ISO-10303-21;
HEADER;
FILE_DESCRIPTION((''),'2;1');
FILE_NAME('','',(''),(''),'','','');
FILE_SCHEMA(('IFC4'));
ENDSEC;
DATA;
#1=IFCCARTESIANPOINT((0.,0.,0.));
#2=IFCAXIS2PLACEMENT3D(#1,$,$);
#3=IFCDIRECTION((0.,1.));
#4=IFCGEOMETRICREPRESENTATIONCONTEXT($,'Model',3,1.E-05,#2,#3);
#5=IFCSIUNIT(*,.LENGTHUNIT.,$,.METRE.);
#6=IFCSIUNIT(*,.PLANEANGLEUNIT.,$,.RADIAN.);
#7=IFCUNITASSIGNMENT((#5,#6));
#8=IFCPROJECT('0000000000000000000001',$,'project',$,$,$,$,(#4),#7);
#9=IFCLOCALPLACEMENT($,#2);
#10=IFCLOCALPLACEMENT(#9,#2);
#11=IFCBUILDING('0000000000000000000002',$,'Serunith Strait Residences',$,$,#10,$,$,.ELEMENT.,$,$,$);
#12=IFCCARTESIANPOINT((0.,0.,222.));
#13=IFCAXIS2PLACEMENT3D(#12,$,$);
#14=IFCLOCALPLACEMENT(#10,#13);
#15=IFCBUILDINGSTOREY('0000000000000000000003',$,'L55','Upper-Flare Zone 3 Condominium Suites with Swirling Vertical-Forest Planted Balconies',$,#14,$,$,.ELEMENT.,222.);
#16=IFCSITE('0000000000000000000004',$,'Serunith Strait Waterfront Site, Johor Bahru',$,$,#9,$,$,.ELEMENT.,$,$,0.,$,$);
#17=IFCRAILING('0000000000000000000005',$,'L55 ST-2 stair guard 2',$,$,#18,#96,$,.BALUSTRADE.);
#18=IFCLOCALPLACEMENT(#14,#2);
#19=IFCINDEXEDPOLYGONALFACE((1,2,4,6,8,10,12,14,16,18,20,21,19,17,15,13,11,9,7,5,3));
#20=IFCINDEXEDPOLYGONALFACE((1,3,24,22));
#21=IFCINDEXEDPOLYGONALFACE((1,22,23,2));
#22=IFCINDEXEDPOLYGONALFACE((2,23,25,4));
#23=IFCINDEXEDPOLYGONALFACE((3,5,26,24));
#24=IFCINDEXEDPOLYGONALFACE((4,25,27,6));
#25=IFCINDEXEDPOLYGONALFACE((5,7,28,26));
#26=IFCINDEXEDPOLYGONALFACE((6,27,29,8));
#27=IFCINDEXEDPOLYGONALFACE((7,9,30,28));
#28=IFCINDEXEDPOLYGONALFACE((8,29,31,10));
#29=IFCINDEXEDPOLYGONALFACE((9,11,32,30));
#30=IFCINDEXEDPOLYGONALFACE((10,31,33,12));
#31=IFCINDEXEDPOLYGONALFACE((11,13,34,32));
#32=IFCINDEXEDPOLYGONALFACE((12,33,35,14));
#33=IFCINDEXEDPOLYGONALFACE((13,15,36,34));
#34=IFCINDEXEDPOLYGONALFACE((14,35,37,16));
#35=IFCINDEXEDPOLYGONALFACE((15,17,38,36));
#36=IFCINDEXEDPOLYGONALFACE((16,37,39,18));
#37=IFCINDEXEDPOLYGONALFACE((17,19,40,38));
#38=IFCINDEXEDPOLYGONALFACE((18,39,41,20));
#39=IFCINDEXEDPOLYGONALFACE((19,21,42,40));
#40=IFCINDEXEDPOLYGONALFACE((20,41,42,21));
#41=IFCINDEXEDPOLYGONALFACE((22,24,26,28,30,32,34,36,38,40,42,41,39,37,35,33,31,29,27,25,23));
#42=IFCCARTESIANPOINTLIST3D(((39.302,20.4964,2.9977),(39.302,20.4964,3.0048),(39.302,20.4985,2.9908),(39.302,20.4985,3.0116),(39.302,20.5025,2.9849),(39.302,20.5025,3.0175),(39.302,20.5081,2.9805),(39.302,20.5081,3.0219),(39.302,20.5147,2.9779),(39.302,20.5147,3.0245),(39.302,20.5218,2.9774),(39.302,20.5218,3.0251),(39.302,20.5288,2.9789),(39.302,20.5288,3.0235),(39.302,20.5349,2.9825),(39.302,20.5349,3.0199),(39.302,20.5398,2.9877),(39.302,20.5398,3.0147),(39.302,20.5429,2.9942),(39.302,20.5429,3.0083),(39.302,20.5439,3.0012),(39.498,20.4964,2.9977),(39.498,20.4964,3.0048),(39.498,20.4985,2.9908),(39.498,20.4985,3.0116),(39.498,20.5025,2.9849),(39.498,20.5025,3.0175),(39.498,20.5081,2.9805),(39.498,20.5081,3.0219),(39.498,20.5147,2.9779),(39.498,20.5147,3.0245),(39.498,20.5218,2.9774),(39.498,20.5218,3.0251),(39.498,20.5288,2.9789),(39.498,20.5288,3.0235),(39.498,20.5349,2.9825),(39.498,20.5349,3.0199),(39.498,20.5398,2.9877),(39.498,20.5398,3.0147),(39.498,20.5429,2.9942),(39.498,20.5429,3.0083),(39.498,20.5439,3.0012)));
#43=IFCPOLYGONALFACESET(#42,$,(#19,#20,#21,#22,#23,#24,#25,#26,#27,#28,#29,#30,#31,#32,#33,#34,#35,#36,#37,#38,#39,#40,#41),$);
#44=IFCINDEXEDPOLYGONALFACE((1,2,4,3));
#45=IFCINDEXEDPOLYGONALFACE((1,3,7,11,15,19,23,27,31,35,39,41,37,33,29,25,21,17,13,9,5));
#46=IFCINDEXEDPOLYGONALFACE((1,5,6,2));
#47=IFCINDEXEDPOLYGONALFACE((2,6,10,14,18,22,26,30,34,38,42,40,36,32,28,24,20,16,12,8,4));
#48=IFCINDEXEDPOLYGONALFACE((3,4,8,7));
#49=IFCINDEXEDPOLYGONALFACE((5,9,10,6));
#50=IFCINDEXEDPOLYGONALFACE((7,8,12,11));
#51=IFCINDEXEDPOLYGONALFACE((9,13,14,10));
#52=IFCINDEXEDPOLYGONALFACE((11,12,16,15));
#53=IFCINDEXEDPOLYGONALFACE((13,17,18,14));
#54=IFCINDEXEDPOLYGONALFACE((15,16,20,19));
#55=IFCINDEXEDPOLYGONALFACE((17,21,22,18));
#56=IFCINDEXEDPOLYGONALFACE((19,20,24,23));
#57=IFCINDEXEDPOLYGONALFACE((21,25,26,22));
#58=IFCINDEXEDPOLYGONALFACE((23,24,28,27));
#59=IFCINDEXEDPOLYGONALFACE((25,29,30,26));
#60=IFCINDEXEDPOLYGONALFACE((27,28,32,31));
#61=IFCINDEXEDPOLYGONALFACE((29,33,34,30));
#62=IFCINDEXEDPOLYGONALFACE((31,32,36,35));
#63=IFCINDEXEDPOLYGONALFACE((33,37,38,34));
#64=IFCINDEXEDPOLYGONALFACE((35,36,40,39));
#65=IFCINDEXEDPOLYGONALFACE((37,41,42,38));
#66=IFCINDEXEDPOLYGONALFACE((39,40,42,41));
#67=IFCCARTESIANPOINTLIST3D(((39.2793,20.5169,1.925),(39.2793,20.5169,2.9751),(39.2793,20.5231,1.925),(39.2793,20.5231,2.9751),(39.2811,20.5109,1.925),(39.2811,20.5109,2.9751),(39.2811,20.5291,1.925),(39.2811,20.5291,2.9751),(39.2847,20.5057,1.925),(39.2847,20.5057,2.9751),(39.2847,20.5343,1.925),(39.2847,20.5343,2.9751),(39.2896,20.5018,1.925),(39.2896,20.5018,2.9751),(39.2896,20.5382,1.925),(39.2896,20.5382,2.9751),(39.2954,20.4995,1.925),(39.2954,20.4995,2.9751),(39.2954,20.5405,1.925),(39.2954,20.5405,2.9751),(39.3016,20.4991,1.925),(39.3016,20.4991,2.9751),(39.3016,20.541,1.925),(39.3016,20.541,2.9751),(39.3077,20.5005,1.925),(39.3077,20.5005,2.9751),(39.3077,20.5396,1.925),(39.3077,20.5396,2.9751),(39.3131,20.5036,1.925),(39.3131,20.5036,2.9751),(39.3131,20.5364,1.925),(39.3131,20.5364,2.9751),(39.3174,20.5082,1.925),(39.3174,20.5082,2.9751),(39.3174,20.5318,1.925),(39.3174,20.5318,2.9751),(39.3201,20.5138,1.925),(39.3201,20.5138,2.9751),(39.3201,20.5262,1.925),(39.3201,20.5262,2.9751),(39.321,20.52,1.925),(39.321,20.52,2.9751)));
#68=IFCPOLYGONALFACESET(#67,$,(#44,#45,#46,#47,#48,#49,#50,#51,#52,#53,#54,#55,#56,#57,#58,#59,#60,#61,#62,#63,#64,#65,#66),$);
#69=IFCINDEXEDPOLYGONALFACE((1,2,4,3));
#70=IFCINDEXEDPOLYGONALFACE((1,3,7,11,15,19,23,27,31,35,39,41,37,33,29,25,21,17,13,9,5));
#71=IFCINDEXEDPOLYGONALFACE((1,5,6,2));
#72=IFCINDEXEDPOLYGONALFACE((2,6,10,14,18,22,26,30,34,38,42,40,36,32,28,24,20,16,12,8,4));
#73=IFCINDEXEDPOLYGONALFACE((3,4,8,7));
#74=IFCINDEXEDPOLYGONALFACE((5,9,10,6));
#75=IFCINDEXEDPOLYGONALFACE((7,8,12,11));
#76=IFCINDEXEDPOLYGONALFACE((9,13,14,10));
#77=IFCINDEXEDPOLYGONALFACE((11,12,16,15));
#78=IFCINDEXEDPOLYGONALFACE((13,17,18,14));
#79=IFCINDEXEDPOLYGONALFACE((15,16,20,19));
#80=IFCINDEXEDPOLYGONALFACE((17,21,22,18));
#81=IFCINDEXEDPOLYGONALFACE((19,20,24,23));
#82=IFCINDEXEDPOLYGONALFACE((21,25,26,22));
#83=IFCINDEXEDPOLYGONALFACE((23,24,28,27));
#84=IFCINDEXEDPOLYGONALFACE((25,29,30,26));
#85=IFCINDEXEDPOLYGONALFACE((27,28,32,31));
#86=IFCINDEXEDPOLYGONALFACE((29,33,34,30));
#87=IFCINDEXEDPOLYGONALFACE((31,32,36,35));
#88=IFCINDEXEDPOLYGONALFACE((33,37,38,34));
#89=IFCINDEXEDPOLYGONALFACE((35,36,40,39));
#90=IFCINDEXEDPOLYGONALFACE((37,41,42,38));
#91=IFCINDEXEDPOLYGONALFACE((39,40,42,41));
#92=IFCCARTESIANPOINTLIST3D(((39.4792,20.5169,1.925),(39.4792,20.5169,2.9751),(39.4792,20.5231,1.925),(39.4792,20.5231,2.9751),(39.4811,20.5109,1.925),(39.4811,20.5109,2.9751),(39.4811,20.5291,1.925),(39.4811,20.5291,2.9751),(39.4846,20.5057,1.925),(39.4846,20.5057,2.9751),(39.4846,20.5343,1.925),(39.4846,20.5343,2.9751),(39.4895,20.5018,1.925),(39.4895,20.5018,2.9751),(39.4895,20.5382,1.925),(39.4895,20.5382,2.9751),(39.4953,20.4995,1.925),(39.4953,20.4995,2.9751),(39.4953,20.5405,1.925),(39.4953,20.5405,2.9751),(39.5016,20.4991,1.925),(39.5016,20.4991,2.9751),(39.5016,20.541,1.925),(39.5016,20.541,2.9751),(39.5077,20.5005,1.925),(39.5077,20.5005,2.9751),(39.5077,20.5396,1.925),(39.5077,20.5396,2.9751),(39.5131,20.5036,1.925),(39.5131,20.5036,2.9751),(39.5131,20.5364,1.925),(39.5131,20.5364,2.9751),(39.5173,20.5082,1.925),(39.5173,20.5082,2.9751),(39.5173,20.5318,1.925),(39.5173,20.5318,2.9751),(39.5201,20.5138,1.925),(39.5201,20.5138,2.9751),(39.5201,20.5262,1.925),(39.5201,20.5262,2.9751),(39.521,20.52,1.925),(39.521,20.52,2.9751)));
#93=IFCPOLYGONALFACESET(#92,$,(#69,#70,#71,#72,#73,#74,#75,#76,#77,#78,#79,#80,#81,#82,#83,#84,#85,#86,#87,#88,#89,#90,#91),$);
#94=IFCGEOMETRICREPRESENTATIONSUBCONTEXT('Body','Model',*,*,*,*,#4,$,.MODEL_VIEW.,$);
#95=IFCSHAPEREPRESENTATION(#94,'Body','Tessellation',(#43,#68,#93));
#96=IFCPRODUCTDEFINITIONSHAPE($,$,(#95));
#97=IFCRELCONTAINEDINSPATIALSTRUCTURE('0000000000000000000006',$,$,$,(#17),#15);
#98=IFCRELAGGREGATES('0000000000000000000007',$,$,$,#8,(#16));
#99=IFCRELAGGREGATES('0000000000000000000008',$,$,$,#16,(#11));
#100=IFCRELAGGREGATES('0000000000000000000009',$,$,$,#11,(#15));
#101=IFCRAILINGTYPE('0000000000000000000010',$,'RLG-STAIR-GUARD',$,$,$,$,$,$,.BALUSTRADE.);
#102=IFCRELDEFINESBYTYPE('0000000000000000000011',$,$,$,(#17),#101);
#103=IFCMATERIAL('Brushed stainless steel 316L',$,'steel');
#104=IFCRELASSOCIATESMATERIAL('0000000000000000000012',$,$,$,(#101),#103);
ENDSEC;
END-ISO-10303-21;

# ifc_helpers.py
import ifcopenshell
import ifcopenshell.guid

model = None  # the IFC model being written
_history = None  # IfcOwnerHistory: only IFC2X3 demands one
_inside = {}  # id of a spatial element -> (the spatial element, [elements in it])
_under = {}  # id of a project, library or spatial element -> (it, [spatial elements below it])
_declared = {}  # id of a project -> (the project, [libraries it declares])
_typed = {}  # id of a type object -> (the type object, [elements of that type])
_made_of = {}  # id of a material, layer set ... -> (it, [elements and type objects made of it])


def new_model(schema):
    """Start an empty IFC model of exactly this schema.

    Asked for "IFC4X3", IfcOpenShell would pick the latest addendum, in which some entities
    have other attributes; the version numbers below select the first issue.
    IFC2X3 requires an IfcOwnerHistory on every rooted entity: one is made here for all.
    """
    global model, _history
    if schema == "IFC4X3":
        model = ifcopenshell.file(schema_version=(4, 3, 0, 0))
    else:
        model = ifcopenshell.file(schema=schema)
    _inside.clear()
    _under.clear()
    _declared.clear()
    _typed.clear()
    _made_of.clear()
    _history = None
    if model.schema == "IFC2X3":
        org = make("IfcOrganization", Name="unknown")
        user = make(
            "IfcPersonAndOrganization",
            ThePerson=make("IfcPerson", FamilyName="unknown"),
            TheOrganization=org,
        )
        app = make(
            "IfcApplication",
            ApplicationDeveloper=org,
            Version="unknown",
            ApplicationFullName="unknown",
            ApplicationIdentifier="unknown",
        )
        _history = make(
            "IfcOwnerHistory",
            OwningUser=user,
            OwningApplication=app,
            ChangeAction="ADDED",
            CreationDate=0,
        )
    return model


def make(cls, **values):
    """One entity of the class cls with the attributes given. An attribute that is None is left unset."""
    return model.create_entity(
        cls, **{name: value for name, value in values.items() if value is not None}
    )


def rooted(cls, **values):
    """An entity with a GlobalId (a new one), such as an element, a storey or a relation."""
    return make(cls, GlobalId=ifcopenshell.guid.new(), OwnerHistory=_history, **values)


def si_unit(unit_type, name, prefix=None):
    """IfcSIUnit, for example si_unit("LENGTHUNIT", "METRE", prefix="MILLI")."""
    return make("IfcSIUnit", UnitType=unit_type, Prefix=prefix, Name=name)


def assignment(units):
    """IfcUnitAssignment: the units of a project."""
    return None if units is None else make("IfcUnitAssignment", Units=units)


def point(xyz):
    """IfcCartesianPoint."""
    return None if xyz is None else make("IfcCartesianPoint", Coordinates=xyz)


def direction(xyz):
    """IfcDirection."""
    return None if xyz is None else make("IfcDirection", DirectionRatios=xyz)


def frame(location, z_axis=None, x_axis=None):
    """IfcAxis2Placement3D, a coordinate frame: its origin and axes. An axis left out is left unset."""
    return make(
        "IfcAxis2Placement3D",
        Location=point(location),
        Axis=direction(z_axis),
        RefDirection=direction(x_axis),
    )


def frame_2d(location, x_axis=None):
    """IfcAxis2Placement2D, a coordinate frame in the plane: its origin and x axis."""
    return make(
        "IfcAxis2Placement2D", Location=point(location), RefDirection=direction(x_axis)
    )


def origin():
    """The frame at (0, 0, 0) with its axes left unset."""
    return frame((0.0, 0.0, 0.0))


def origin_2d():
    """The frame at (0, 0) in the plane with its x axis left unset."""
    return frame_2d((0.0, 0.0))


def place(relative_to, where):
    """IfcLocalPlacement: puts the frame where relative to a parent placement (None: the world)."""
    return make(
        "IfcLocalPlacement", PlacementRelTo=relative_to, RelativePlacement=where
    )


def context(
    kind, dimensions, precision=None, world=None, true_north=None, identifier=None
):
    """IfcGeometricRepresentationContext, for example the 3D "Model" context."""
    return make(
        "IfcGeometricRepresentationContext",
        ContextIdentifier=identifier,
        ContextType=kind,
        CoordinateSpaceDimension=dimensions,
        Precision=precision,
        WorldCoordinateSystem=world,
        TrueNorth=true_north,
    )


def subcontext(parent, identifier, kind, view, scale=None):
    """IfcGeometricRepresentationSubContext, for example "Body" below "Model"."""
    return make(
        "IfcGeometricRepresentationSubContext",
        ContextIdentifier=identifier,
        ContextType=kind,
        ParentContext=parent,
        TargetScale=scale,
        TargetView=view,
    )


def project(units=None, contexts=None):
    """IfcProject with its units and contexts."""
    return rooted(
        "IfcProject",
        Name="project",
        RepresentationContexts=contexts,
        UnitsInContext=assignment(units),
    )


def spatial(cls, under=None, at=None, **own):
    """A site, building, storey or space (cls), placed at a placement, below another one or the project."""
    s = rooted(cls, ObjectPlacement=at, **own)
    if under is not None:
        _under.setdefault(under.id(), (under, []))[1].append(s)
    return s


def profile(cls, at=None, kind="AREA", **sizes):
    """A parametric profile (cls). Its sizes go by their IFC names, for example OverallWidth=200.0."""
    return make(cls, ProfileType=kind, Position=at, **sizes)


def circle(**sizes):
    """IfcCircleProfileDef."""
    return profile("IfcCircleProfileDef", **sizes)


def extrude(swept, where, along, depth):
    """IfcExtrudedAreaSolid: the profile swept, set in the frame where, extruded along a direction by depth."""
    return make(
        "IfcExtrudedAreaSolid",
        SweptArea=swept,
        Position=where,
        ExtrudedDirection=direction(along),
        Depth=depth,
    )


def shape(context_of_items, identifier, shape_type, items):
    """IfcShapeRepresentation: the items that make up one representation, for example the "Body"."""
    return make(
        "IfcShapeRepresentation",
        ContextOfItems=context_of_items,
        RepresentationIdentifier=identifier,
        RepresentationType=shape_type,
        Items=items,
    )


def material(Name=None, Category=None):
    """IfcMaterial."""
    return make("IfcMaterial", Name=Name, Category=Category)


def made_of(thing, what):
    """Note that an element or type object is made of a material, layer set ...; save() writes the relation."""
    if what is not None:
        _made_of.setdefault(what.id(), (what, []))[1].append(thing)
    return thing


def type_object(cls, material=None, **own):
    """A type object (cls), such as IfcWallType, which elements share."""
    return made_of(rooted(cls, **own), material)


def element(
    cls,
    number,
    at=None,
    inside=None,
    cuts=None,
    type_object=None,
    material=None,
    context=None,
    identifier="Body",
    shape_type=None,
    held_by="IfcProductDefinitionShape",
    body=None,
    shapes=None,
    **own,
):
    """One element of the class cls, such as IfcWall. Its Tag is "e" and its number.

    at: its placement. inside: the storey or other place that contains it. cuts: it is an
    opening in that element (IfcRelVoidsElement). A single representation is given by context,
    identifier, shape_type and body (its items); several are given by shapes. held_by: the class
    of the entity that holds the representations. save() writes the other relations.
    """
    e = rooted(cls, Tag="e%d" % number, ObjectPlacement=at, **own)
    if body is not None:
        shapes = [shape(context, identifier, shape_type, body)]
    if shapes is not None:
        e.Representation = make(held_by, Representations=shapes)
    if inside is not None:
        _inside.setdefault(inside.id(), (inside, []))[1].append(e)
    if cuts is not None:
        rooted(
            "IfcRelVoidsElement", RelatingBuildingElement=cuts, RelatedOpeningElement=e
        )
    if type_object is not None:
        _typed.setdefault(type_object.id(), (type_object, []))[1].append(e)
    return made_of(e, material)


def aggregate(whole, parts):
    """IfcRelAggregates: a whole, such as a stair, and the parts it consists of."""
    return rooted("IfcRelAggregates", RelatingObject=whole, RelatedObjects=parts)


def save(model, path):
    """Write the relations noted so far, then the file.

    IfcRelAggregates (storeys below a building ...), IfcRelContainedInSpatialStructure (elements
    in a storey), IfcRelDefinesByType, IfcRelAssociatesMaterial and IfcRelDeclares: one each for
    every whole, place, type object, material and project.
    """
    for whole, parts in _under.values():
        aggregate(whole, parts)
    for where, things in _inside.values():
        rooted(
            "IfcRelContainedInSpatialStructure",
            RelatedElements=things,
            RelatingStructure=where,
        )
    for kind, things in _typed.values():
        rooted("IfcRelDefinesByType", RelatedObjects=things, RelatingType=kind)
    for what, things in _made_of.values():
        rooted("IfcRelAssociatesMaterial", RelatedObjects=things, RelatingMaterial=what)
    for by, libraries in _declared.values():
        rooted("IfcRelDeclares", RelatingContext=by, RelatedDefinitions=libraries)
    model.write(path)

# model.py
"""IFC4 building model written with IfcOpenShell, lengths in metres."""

from ifc_helpers import new_model, si_unit, direction, frame, origin, origin_2d, place, context, subcontext, project, spatial, circle, extrude, material, type_object, element, save


model = new_model("IFC4")

# Units and contexts
model_context = context("Model", 3, precision=1e-05, world=origin(), true_north=direction((0.0, 1.0)))
body_context = subcontext(model_context, "Body", "Model", "MODEL_VIEW")
ifc_project = project(units=[si_unit("LENGTHUNIT", "METRE"), si_unit("PLANEANGLEUNIT", "RADIAN")], contexts=[model_context])

# Site, building, storey
site_placement = place(None, origin())
site = spatial("IfcSite", under=ifc_project, at=site_placement, Name="Serunith Strait Waterfront Site, Johor Bahru", CompositionType="ELEMENT", RefElevation=0.0)
building_placement = place(site_placement, origin())
building = spatial("IfcBuilding", under=site, at=building_placement, Name="Serunith Strait Residences", CompositionType="ELEMENT")
storey_placement = place(building_placement, frame((0.0, 0.0, 222.0)))
storey = spatial("IfcBuildingStorey", under=building, at=storey_placement, Name="L55", Description="Upper-Flare Zone 3 Condominium Suites with Swirling Vertical-Forest Planted Balconies", CompositionType="ELEMENT", Elevation=222.0)

# Railing
ifc_material_1 = material(Name="Brushed stainless steel 316L", Category="steel")
railing_type_1 = type_object("IfcRailingType", Name="RLG-STAIR-GUARD", PredefinedType="BALUSTRADE", material=ifc_material_1)
railing_1_placement = place(storey_placement, frame((39.3, 20.52, 1.925)))
element("IfcRailing", 1, at=railing_1_placement, inside=storey, type_object=railing_type_1, Name="L55 ST-2 stair guard 2", PredefinedType="BALUSTRADE", context=body_context, shape_type="SweptSolid", body=[
    extrude(circle(Radius=0.0239, at=origin_2d()), frame((0.002, 0.0, 1.0762), z_axis=(1.0, 0.0, 0.0), x_axis=(0.0, 1.0, 0.0)), (0.0, 0.0, 1.0), 0.196),
    extrude(circle(Radius=0.021, at=origin_2d()), origin(), (0.0, 0.0, 1.0), 1.05),
    extrude(circle(Radius=0.021, at=origin_2d()), frame((0.2, 0.0, 0.0)), (0.0, 0.0, 1.0), 1.05),
])

save(model, "model.ifc")
